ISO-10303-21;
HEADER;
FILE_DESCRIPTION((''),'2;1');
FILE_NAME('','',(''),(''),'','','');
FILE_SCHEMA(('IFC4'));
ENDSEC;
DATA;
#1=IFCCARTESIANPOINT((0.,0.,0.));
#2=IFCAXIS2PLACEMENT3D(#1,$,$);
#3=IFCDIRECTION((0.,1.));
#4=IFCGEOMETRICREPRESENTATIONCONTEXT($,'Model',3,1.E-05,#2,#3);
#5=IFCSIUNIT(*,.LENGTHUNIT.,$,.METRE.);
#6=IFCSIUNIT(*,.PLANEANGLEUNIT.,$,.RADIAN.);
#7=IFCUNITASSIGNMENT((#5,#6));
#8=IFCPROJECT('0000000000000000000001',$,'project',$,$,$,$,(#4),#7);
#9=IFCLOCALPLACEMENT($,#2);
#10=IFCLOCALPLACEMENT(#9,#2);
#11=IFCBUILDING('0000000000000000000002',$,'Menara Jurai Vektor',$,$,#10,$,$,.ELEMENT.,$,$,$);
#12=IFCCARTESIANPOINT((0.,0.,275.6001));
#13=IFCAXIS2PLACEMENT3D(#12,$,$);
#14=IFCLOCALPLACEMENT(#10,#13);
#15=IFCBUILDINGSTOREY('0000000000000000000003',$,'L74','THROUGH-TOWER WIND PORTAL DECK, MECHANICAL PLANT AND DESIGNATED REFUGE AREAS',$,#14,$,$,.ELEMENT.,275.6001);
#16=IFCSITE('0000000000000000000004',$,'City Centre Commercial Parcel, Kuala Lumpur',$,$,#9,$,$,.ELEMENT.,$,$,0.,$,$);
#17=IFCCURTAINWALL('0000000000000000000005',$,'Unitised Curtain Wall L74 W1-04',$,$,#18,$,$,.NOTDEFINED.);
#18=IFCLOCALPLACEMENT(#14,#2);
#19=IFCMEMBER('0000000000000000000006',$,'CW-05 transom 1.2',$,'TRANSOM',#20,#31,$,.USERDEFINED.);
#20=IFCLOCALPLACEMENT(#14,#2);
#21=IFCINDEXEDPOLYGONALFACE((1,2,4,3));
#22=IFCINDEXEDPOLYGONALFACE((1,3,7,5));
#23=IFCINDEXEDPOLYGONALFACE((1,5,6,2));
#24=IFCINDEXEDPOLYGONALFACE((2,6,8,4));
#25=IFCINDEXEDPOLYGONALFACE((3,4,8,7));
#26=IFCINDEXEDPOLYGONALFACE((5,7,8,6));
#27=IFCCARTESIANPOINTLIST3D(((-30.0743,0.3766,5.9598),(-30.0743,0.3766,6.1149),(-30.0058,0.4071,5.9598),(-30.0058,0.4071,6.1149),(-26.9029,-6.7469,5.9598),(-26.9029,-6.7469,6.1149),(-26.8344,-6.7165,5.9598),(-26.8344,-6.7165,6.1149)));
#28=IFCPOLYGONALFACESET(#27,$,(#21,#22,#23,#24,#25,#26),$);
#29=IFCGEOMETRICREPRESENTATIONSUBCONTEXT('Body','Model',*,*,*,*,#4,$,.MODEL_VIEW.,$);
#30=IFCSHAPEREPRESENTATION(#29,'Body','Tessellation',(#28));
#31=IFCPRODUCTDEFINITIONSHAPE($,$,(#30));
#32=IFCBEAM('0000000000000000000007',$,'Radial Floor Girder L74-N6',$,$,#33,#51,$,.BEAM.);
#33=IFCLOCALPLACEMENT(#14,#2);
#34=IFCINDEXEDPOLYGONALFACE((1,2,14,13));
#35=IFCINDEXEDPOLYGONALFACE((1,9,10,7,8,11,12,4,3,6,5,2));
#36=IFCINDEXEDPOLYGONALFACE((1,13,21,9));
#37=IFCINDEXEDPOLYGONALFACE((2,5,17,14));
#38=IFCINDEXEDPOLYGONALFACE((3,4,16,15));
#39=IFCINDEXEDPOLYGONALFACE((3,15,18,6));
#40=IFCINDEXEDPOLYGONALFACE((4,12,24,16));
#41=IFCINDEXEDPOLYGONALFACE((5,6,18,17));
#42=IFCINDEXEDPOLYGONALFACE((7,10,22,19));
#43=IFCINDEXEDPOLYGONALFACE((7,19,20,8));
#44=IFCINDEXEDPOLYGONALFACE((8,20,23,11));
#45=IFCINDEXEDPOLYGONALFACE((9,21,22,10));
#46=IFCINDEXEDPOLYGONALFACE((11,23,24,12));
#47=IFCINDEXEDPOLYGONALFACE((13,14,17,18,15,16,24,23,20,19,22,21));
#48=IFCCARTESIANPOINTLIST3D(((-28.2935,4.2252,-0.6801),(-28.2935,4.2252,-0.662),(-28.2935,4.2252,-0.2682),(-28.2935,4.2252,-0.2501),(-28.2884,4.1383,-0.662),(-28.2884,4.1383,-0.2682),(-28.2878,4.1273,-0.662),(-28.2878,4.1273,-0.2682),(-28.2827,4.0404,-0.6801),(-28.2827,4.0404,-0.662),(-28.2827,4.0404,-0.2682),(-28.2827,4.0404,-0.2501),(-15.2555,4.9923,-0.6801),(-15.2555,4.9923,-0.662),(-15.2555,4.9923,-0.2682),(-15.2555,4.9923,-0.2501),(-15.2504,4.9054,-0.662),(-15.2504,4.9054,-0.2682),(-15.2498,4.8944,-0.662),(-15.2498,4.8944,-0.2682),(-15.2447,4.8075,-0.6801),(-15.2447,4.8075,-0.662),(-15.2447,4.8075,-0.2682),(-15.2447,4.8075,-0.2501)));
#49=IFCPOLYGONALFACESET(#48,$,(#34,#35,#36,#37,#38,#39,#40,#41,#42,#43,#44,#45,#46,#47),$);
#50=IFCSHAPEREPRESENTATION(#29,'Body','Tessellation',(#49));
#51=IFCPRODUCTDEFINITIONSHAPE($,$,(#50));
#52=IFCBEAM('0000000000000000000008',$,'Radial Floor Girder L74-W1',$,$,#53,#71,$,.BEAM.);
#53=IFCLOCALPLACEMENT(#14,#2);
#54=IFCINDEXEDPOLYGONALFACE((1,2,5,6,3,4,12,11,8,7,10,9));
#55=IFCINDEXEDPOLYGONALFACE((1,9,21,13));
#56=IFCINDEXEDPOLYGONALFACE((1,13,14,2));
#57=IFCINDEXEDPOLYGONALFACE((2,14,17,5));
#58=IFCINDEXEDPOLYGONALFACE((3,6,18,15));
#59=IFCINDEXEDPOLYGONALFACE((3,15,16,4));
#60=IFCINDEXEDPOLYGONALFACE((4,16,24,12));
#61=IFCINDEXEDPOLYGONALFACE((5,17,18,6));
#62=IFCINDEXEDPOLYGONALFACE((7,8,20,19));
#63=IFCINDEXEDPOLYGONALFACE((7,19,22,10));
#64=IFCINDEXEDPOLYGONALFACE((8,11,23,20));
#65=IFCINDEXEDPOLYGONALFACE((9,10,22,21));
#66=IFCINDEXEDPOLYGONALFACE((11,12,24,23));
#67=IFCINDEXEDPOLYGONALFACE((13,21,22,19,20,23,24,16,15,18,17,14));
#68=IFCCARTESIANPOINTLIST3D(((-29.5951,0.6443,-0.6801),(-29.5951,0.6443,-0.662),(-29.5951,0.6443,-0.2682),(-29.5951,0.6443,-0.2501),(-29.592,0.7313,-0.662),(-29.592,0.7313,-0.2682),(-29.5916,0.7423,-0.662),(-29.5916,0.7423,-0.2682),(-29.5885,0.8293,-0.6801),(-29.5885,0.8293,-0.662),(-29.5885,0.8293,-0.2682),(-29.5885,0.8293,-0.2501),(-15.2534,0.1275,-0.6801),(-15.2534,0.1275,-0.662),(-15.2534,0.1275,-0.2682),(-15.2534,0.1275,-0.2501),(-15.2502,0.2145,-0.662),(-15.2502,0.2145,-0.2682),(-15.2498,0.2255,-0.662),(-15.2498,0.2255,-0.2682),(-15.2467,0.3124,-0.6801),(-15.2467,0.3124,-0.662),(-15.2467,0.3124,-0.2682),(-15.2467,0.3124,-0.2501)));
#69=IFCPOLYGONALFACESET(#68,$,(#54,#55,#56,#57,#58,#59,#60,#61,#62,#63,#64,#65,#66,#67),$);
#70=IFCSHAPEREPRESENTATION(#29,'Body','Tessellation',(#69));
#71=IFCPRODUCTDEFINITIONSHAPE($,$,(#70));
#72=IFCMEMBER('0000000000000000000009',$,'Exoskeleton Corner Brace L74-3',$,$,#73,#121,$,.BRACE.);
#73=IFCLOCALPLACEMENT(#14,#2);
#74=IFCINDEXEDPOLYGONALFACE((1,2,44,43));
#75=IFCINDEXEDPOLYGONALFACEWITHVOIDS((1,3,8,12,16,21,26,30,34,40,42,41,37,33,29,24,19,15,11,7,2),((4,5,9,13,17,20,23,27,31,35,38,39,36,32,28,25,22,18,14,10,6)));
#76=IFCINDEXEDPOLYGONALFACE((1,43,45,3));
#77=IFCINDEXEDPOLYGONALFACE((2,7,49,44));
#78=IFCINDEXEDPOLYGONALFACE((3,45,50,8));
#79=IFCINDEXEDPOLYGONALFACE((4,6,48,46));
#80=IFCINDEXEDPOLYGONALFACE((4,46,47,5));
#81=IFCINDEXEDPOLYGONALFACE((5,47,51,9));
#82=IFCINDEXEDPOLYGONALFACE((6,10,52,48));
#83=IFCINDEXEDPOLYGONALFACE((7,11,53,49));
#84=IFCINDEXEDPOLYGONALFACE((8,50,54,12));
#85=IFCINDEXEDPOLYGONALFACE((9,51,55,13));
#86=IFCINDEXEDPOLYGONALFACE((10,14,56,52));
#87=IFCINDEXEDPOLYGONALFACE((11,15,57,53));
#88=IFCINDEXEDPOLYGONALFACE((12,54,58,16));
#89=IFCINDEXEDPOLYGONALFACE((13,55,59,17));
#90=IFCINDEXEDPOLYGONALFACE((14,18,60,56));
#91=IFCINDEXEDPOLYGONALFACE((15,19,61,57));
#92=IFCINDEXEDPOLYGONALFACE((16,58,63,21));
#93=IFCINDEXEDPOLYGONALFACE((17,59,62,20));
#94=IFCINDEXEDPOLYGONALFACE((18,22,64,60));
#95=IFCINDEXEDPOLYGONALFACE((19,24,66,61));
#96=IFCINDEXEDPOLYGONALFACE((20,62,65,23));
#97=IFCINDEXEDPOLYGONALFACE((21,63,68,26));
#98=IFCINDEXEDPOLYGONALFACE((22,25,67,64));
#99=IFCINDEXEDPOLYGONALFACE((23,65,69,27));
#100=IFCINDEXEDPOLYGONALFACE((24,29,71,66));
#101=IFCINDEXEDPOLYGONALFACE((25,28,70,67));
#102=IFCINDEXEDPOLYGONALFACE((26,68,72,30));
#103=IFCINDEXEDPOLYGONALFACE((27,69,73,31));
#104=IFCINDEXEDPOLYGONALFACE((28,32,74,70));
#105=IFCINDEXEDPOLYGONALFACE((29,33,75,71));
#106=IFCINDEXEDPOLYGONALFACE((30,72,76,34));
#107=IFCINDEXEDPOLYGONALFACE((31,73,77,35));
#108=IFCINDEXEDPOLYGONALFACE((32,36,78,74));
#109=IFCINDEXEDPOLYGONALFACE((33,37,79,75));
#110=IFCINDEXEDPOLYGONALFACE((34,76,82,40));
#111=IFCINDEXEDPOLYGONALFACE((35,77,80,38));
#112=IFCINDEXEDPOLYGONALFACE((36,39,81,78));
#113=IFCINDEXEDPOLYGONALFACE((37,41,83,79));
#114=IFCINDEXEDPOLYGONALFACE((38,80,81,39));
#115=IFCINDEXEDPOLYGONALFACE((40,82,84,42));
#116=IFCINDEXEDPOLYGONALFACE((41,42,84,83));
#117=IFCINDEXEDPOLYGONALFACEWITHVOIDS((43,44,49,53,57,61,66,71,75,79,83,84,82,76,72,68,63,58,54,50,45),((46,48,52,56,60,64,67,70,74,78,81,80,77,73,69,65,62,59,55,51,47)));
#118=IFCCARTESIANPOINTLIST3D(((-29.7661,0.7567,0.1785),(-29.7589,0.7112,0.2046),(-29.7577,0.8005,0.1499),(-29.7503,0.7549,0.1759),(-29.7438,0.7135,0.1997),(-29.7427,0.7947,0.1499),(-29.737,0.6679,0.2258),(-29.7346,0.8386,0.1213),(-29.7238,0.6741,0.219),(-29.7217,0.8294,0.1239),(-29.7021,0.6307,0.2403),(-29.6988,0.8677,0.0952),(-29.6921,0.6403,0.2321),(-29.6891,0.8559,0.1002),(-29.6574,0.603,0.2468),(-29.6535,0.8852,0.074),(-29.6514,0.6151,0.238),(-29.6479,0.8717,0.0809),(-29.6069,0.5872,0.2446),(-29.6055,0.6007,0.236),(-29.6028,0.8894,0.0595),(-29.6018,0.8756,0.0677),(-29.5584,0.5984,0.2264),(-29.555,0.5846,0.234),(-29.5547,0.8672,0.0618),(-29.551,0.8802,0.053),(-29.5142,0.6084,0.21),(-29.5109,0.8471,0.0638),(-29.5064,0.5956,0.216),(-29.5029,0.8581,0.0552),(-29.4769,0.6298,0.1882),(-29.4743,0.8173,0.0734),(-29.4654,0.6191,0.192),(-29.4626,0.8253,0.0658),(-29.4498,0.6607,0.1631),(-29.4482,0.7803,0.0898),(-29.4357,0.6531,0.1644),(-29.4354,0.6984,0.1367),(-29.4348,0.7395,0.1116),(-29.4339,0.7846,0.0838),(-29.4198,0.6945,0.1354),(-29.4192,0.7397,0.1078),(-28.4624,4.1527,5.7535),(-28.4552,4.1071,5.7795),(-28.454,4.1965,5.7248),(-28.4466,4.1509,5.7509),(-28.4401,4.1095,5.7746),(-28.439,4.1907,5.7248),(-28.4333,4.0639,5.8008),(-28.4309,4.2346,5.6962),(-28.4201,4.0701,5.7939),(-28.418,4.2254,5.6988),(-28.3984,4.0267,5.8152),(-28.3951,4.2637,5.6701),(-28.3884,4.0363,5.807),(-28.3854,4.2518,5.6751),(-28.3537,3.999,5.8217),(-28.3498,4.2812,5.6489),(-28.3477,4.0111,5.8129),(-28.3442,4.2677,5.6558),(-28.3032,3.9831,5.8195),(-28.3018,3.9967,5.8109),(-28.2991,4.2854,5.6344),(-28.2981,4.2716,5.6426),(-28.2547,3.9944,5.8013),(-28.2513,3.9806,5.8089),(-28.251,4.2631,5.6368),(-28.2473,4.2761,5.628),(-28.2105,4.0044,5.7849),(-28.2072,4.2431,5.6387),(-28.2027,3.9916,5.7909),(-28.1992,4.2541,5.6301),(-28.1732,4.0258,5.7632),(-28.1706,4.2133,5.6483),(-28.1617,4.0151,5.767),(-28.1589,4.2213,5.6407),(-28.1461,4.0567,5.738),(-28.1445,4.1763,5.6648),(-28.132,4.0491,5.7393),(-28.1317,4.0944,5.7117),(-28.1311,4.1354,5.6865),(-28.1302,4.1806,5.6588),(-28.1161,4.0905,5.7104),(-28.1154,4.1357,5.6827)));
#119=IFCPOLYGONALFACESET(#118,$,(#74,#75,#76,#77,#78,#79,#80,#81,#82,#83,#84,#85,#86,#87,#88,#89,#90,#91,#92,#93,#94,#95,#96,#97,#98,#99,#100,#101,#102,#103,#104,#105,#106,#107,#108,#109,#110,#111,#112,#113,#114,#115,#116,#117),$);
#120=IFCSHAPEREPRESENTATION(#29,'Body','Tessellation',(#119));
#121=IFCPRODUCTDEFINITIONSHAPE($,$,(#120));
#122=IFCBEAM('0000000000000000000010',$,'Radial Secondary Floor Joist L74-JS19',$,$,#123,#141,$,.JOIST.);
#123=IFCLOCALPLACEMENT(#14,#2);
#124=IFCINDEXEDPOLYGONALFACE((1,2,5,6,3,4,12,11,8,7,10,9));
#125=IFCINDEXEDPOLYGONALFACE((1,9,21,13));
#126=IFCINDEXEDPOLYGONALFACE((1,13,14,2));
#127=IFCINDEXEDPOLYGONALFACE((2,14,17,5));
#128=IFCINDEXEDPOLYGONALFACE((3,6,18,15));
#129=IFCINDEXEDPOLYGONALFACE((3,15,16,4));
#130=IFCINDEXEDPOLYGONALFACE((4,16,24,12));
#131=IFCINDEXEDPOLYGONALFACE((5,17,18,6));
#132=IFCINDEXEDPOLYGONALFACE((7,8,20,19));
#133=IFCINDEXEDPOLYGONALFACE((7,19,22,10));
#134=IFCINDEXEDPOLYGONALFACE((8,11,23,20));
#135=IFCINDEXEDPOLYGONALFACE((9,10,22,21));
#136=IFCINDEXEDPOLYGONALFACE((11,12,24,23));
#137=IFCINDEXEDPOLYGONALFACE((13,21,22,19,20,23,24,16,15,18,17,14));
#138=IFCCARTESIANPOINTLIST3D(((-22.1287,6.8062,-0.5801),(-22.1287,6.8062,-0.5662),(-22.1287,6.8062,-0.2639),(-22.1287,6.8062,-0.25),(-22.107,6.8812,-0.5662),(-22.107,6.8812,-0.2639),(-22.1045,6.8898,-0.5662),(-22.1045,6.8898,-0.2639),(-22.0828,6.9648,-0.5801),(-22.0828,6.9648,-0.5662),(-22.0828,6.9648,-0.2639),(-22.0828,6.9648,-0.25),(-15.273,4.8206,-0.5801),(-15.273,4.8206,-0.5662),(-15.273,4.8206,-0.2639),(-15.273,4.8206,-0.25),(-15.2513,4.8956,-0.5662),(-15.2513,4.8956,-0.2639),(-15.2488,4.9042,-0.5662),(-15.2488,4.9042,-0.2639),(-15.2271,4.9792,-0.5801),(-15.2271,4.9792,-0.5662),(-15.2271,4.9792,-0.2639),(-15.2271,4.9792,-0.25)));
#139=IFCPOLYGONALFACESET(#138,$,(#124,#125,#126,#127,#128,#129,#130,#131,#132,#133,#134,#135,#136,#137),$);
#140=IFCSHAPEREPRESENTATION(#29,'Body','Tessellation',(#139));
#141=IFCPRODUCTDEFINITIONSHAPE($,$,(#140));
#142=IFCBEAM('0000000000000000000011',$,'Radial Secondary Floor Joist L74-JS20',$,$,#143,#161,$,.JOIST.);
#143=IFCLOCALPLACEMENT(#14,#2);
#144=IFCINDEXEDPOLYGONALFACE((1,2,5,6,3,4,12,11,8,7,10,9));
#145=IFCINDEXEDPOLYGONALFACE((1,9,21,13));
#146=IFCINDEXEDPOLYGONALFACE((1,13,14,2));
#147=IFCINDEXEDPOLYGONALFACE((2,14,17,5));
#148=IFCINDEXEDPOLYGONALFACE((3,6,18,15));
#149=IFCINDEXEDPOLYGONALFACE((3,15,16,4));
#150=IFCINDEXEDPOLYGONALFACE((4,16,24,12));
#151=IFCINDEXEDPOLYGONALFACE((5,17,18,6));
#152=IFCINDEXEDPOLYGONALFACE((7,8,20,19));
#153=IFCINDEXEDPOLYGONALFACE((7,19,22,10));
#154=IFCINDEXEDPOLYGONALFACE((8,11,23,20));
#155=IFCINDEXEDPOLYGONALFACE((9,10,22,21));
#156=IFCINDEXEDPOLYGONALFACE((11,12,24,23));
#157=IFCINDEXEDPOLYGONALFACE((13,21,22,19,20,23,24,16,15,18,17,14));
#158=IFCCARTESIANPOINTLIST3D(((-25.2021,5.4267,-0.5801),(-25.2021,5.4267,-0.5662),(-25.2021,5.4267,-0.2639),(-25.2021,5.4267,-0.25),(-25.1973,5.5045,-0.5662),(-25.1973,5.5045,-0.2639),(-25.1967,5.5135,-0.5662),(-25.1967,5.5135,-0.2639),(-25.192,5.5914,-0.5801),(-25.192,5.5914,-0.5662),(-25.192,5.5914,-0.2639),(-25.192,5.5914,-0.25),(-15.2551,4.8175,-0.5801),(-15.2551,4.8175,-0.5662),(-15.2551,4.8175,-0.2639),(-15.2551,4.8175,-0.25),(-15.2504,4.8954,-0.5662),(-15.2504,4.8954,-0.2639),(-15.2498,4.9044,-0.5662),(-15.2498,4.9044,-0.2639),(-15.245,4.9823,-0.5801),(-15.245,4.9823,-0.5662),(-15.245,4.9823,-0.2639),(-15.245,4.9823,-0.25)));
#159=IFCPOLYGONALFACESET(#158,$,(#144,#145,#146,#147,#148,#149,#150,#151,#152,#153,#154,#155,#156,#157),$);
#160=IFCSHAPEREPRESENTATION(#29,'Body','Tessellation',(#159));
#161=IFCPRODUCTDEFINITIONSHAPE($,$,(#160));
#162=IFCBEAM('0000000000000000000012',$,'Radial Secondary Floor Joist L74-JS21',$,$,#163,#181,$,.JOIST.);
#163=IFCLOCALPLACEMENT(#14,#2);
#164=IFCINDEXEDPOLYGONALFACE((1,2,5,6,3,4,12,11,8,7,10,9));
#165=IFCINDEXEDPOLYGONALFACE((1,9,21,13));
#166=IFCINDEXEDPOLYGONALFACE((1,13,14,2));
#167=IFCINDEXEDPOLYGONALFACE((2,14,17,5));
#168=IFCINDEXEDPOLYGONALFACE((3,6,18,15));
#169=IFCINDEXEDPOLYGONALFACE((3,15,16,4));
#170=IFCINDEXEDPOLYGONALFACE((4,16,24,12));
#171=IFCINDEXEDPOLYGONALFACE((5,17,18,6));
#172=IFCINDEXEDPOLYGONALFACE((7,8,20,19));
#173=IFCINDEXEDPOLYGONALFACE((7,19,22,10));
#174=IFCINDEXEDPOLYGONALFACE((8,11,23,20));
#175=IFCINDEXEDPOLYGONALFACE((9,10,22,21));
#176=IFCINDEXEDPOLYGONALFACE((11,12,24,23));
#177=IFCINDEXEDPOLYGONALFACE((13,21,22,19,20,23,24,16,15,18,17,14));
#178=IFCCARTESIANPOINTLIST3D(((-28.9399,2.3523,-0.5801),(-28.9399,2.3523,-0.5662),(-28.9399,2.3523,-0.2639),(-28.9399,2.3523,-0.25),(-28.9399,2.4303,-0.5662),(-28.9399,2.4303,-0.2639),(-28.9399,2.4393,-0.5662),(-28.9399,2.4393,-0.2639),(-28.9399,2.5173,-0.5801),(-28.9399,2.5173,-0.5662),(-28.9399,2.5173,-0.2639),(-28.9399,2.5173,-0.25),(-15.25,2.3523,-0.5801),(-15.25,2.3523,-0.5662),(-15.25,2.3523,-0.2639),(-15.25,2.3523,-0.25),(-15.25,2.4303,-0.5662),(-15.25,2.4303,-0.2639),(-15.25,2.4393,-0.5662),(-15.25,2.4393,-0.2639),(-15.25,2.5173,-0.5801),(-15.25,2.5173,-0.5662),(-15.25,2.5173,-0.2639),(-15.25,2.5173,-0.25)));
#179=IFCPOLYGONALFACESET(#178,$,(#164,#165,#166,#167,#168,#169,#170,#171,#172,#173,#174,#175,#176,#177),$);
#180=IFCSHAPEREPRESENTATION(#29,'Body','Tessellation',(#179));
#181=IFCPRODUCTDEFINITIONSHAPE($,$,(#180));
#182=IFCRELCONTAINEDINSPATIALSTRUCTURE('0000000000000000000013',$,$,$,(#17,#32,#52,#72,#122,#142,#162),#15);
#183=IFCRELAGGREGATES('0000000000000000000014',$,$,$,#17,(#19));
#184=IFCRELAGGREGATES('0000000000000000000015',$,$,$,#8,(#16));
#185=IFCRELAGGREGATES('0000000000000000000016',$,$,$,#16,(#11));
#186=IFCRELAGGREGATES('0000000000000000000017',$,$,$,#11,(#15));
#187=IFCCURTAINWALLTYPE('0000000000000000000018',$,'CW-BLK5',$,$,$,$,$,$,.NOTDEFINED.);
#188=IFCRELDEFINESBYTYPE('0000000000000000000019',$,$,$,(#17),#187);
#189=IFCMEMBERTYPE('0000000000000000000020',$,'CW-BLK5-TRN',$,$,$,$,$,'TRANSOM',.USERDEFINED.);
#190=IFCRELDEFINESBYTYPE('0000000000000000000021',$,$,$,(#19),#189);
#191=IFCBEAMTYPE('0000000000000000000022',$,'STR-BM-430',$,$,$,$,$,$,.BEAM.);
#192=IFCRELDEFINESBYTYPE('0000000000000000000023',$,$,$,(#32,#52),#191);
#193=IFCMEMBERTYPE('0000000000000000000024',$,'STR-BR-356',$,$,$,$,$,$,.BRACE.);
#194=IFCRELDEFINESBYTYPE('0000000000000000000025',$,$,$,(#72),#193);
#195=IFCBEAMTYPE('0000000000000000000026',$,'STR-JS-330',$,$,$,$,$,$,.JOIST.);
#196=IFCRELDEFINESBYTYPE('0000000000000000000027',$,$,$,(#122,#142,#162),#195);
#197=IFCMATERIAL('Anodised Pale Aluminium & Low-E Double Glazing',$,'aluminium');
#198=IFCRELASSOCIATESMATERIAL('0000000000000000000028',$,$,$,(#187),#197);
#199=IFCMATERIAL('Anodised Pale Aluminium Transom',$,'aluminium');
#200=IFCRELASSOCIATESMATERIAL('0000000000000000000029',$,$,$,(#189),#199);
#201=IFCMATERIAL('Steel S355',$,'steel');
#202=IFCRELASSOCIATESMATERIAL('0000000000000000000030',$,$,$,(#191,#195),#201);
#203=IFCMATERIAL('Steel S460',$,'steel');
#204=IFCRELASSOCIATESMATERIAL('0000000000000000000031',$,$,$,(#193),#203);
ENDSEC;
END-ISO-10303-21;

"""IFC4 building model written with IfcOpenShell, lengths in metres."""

from ifc_helpers import new_model, si_unit, direction, frame, origin, origin_2d, place, context, subcontext, project, spatial, rectangle, hollow_circle, i_section, extrude, material, material_profile, profile_set, type_object, element, aggregate, save


model = new_model("IFC4")

# Units and contexts
model_context = context("Model", 3, precision=1e-05, world=origin(), true_north=direction((0.0, 1.0)))
body_context = subcontext(model_context, "Body", "Model", "MODEL_VIEW")
ifc_project = project(units=[si_unit("LENGTHUNIT", "METRE"), si_unit("PLANEANGLEUNIT", "RADIAN")], contexts=[model_context])

# Site, building, storey
site_placement = place(None, origin())
site = spatial("IfcSite", under=ifc_project, at=site_placement, Name="City Centre Commercial Parcel, Kuala Lumpur", CompositionType="ELEMENT", RefElevation=0.0)
building_placement = place(site_placement, origin())
building = spatial("IfcBuilding", under=site, at=building_placement, Name="Menara Jurai Vektor", CompositionType="ELEMENT")
storey_placement = place(building_placement, frame((0.0, 0.0, 275.6001)))
storey = spatial("IfcBuildingStorey", under=building, at=storey_placement, Name="L74", Description="THROUGH-TOWER WIND PORTAL DECK, MECHANICAL PLANT AND DESIGNATED REFUGE AREAS", CompositionType="ELEMENT", Elevation=275.6001)

# Shared definitions
ifc_material_1 = material(Name="Steel S460", Category="steel")

# Shared definitions
ifc_material_2 = material(Name="Anodised Pale Aluminium & Low-E Double Glazing", Category="aluminium")
curtain_wall_type = type_object("IfcCurtainWallType", Name="CW-BLK5", PredefinedType="NOTDEFINED", material=ifc_material_2)

# Curtain wall
curtain_wall_1_placement = place(storey_placement, origin())
curtain_wall_1 = element("IfcCurtainWall", 1, at=curtain_wall_1_placement, inside=storey, type_object=curtain_wall_type, Name="Unitised Curtain Wall L74 W1-04", PredefinedType="NOTDEFINED")

# Member
ifc_material_3 = material(Name="Anodised Pale Aluminium Transom", Category="aluminium")
ifc_material_profile_1 = material_profile(ifc_material_3, rectangle(XDim=0.075, YDim=0.155, at=origin_2d()), Name="ALU TRN 75x155")
ifc_profile_set_1 = profile_set([ifc_material_profile_1], Name="Anodised Pale Aluminium Transom")
member_type_1 = type_object("IfcMemberType", Name="CW-BLK5-TRN", ElementType="TRANSOM", PredefinedType="USERDEFINED", material=ifc_profile_set_1)
member_1_placement = place(storey_placement, frame((-30.04, 0.3918, 6.0374), z_axis=(0.406714, -0.913556, 0.0), x_axis=(0.913556, 0.406714, 0.0)))
member_1 = element("IfcMember", 2, at=member_1_placement, type_object=member_type_1, Name="CW-05 transom 1.2", ObjectType="TRANSOM", PredefinedType="USERDEFINED", context=body_context, shape_type="SweptSolid", body=[
    extrude(rectangle(XDim=0.075, YDim=0.155, at=origin_2d()), origin(), (0.0, 0.0, 1.0), 7.7976),
])
aggregate(curtain_wall_1, [member_1])

# Beams
ifc_material_4 = material(Name="Steel S355", Category="steel")
ifc_material_profile_2 = material_profile(ifc_material_4, i_section(OverallWidth=0.1851, OverallDepth=0.4299, WebThickness=0.011, FlangeThickness=0.0181, at=origin_2d()), Name="PG 430x185x76")
ifc_profile_set_2 = profile_set([ifc_material_profile_2], Name="Steel S355")
beam_type_1 = type_object("IfcBeamType", Name="STR-BM-430", PredefinedType="BEAM", material=ifc_profile_set_2)
beam_1_placement = place(storey_placement, frame((-28.2881, 4.1328, -0.4651), z_axis=(0.998274, 0.058733, 0.0), x_axis=(-0.058733, 0.998274, 0.0)))
element("IfcBeam", 3, at=beam_1_placement, inside=storey, type_object=beam_type_1, Name="Radial Floor Girder L74-N6", PredefinedType="BEAM", context=body_context, shape_type="SweptSolid", body=[
    extrude(i_section(OverallWidth=0.1851, OverallDepth=0.4299, WebThickness=0.011, FlangeThickness=0.0181, at=origin_2d()), origin(), (0.0, 0.0, 1.0), 13.0605),
])
beam_2_placement = place(storey_placement, frame((-29.5918, 0.7368, -0.4651), z_axis=(0.999351, -0.036014, 0.0), x_axis=(0.036014, 0.999351, 0.0)))
element("IfcBeam", 4, at=beam_2_placement, inside=storey, type_object=beam_type_1, Name="Radial Floor Girder L74-W1", PredefinedType="BEAM", context=body_context, shape_type="SweptSolid", body=[
    extrude(i_section(OverallWidth=0.1851, OverallDepth=0.4299, WebThickness=0.011, FlangeThickness=0.0181, at=origin_2d()), origin(), (0.0, 0.0, 1.0), 14.3511),
])

# Member
ifc_material_profile_3 = material_profile(ifc_material_1, hollow_circle(Radius=0.1777, WallThickness=0.0161, at=origin_2d()), Name="CHS 355.6x16")
ifc_profile_set_3 = profile_set([ifc_material_profile_3], Name="Steel S460")
member_type_2 = type_object("IfcMemberType", Name="STR-BR-356", PredefinedType="BRACE", material=ifc_profile_set_3)
member_2_placement = place(storey_placement, frame((-29.5918, 0.7368, 0.1499), z_axis=(0.195847, 0.510157, 0.837486), x_axis=(-0.93357, 0.358394, 0.0)))
element("IfcMember", 5, at=member_2_placement, inside=storey, type_object=member_type_2, Name="Exoskeleton Corner Brace L74-3", PredefinedType="BRACE", context=body_context, shape_type="SweptSolid", body=[
    extrude(hollow_circle(Radius=0.1777, WallThickness=0.0161, at=origin_2d()), origin(), (0.0, 0.0, 1.0), 6.6567),
])

# Beams
ifc_material_profile_4 = material_profile(ifc_material_4, i_section(OverallWidth=0.165, OverallDepth=0.3301, WebThickness=0.009, FlangeThickness=0.0139, at=origin_2d()), Name="PG 330x165x46")
ifc_profile_set_4 = profile_set([ifc_material_profile_4], Name="Steel S355")
beam_type_2 = type_object("IfcBeamType", Name="STR-JS-330", PredefinedType="JOIST", material=ifc_profile_set_4)
beam_3_placement = place(storey_placement, frame((-22.1057, 6.8855, -0.415), z_axis=(0.960525, -0.278193, 0.0), x_axis=(0.278193, 0.960525, 0.0)))
element("IfcBeam", 6, at=beam_3_placement, inside=storey, type_object=beam_type_2, Name="Radial Secondary Floor Joist L74-JS19", PredefinedType="JOIST", context=body_context, shape_type="SweptSolid", body=[
    extrude(i_section(OverallWidth=0.165, OverallDepth=0.3301, WebThickness=0.009, FlangeThickness=0.0139, at=origin_2d()), origin(), (0.0, 0.0, 1.0), 7.1375),
])
beam_4_placement = place(storey_placement, frame((-25.197, 5.509, -0.415), z_axis=(0.99813, -0.061123, 0.0), x_axis=(0.061123, 0.99813, 0.0)))
element("IfcBeam", 7, at=beam_4_placement, inside=storey, type_object=beam_type_2, Name="Radial Secondary Floor Joist L74-JS20", PredefinedType="JOIST", context=body_context, shape_type="SweptSolid", body=[
    extrude(i_section(OverallWidth=0.165, OverallDepth=0.3301, WebThickness=0.009, FlangeThickness=0.0139, at=origin_2d()), origin(), (0.0, 0.0, 1.0), 9.9656),
])
beam_5_placement = place(storey_placement, frame((-28.9399, 2.4348, -0.415), z_axis=(1.0, 0.0, 0.0), x_axis=(0.0, 1.0, 0.0)))
element("IfcBeam", 8, at=beam_5_placement, inside=storey, type_object=beam_type_2, Name="Radial Secondary Floor Joist L74-JS21", PredefinedType="JOIST", context=body_context, shape_type="SweptSolid", body=[
    extrude(i_section(OverallWidth=0.165, OverallDepth=0.3301, WebThickness=0.009, FlangeThickness=0.0139, at=origin_2d()), origin(), (0.0, 0.0, 1.0), 13.6899),
])

save(model, "model.ifc")
